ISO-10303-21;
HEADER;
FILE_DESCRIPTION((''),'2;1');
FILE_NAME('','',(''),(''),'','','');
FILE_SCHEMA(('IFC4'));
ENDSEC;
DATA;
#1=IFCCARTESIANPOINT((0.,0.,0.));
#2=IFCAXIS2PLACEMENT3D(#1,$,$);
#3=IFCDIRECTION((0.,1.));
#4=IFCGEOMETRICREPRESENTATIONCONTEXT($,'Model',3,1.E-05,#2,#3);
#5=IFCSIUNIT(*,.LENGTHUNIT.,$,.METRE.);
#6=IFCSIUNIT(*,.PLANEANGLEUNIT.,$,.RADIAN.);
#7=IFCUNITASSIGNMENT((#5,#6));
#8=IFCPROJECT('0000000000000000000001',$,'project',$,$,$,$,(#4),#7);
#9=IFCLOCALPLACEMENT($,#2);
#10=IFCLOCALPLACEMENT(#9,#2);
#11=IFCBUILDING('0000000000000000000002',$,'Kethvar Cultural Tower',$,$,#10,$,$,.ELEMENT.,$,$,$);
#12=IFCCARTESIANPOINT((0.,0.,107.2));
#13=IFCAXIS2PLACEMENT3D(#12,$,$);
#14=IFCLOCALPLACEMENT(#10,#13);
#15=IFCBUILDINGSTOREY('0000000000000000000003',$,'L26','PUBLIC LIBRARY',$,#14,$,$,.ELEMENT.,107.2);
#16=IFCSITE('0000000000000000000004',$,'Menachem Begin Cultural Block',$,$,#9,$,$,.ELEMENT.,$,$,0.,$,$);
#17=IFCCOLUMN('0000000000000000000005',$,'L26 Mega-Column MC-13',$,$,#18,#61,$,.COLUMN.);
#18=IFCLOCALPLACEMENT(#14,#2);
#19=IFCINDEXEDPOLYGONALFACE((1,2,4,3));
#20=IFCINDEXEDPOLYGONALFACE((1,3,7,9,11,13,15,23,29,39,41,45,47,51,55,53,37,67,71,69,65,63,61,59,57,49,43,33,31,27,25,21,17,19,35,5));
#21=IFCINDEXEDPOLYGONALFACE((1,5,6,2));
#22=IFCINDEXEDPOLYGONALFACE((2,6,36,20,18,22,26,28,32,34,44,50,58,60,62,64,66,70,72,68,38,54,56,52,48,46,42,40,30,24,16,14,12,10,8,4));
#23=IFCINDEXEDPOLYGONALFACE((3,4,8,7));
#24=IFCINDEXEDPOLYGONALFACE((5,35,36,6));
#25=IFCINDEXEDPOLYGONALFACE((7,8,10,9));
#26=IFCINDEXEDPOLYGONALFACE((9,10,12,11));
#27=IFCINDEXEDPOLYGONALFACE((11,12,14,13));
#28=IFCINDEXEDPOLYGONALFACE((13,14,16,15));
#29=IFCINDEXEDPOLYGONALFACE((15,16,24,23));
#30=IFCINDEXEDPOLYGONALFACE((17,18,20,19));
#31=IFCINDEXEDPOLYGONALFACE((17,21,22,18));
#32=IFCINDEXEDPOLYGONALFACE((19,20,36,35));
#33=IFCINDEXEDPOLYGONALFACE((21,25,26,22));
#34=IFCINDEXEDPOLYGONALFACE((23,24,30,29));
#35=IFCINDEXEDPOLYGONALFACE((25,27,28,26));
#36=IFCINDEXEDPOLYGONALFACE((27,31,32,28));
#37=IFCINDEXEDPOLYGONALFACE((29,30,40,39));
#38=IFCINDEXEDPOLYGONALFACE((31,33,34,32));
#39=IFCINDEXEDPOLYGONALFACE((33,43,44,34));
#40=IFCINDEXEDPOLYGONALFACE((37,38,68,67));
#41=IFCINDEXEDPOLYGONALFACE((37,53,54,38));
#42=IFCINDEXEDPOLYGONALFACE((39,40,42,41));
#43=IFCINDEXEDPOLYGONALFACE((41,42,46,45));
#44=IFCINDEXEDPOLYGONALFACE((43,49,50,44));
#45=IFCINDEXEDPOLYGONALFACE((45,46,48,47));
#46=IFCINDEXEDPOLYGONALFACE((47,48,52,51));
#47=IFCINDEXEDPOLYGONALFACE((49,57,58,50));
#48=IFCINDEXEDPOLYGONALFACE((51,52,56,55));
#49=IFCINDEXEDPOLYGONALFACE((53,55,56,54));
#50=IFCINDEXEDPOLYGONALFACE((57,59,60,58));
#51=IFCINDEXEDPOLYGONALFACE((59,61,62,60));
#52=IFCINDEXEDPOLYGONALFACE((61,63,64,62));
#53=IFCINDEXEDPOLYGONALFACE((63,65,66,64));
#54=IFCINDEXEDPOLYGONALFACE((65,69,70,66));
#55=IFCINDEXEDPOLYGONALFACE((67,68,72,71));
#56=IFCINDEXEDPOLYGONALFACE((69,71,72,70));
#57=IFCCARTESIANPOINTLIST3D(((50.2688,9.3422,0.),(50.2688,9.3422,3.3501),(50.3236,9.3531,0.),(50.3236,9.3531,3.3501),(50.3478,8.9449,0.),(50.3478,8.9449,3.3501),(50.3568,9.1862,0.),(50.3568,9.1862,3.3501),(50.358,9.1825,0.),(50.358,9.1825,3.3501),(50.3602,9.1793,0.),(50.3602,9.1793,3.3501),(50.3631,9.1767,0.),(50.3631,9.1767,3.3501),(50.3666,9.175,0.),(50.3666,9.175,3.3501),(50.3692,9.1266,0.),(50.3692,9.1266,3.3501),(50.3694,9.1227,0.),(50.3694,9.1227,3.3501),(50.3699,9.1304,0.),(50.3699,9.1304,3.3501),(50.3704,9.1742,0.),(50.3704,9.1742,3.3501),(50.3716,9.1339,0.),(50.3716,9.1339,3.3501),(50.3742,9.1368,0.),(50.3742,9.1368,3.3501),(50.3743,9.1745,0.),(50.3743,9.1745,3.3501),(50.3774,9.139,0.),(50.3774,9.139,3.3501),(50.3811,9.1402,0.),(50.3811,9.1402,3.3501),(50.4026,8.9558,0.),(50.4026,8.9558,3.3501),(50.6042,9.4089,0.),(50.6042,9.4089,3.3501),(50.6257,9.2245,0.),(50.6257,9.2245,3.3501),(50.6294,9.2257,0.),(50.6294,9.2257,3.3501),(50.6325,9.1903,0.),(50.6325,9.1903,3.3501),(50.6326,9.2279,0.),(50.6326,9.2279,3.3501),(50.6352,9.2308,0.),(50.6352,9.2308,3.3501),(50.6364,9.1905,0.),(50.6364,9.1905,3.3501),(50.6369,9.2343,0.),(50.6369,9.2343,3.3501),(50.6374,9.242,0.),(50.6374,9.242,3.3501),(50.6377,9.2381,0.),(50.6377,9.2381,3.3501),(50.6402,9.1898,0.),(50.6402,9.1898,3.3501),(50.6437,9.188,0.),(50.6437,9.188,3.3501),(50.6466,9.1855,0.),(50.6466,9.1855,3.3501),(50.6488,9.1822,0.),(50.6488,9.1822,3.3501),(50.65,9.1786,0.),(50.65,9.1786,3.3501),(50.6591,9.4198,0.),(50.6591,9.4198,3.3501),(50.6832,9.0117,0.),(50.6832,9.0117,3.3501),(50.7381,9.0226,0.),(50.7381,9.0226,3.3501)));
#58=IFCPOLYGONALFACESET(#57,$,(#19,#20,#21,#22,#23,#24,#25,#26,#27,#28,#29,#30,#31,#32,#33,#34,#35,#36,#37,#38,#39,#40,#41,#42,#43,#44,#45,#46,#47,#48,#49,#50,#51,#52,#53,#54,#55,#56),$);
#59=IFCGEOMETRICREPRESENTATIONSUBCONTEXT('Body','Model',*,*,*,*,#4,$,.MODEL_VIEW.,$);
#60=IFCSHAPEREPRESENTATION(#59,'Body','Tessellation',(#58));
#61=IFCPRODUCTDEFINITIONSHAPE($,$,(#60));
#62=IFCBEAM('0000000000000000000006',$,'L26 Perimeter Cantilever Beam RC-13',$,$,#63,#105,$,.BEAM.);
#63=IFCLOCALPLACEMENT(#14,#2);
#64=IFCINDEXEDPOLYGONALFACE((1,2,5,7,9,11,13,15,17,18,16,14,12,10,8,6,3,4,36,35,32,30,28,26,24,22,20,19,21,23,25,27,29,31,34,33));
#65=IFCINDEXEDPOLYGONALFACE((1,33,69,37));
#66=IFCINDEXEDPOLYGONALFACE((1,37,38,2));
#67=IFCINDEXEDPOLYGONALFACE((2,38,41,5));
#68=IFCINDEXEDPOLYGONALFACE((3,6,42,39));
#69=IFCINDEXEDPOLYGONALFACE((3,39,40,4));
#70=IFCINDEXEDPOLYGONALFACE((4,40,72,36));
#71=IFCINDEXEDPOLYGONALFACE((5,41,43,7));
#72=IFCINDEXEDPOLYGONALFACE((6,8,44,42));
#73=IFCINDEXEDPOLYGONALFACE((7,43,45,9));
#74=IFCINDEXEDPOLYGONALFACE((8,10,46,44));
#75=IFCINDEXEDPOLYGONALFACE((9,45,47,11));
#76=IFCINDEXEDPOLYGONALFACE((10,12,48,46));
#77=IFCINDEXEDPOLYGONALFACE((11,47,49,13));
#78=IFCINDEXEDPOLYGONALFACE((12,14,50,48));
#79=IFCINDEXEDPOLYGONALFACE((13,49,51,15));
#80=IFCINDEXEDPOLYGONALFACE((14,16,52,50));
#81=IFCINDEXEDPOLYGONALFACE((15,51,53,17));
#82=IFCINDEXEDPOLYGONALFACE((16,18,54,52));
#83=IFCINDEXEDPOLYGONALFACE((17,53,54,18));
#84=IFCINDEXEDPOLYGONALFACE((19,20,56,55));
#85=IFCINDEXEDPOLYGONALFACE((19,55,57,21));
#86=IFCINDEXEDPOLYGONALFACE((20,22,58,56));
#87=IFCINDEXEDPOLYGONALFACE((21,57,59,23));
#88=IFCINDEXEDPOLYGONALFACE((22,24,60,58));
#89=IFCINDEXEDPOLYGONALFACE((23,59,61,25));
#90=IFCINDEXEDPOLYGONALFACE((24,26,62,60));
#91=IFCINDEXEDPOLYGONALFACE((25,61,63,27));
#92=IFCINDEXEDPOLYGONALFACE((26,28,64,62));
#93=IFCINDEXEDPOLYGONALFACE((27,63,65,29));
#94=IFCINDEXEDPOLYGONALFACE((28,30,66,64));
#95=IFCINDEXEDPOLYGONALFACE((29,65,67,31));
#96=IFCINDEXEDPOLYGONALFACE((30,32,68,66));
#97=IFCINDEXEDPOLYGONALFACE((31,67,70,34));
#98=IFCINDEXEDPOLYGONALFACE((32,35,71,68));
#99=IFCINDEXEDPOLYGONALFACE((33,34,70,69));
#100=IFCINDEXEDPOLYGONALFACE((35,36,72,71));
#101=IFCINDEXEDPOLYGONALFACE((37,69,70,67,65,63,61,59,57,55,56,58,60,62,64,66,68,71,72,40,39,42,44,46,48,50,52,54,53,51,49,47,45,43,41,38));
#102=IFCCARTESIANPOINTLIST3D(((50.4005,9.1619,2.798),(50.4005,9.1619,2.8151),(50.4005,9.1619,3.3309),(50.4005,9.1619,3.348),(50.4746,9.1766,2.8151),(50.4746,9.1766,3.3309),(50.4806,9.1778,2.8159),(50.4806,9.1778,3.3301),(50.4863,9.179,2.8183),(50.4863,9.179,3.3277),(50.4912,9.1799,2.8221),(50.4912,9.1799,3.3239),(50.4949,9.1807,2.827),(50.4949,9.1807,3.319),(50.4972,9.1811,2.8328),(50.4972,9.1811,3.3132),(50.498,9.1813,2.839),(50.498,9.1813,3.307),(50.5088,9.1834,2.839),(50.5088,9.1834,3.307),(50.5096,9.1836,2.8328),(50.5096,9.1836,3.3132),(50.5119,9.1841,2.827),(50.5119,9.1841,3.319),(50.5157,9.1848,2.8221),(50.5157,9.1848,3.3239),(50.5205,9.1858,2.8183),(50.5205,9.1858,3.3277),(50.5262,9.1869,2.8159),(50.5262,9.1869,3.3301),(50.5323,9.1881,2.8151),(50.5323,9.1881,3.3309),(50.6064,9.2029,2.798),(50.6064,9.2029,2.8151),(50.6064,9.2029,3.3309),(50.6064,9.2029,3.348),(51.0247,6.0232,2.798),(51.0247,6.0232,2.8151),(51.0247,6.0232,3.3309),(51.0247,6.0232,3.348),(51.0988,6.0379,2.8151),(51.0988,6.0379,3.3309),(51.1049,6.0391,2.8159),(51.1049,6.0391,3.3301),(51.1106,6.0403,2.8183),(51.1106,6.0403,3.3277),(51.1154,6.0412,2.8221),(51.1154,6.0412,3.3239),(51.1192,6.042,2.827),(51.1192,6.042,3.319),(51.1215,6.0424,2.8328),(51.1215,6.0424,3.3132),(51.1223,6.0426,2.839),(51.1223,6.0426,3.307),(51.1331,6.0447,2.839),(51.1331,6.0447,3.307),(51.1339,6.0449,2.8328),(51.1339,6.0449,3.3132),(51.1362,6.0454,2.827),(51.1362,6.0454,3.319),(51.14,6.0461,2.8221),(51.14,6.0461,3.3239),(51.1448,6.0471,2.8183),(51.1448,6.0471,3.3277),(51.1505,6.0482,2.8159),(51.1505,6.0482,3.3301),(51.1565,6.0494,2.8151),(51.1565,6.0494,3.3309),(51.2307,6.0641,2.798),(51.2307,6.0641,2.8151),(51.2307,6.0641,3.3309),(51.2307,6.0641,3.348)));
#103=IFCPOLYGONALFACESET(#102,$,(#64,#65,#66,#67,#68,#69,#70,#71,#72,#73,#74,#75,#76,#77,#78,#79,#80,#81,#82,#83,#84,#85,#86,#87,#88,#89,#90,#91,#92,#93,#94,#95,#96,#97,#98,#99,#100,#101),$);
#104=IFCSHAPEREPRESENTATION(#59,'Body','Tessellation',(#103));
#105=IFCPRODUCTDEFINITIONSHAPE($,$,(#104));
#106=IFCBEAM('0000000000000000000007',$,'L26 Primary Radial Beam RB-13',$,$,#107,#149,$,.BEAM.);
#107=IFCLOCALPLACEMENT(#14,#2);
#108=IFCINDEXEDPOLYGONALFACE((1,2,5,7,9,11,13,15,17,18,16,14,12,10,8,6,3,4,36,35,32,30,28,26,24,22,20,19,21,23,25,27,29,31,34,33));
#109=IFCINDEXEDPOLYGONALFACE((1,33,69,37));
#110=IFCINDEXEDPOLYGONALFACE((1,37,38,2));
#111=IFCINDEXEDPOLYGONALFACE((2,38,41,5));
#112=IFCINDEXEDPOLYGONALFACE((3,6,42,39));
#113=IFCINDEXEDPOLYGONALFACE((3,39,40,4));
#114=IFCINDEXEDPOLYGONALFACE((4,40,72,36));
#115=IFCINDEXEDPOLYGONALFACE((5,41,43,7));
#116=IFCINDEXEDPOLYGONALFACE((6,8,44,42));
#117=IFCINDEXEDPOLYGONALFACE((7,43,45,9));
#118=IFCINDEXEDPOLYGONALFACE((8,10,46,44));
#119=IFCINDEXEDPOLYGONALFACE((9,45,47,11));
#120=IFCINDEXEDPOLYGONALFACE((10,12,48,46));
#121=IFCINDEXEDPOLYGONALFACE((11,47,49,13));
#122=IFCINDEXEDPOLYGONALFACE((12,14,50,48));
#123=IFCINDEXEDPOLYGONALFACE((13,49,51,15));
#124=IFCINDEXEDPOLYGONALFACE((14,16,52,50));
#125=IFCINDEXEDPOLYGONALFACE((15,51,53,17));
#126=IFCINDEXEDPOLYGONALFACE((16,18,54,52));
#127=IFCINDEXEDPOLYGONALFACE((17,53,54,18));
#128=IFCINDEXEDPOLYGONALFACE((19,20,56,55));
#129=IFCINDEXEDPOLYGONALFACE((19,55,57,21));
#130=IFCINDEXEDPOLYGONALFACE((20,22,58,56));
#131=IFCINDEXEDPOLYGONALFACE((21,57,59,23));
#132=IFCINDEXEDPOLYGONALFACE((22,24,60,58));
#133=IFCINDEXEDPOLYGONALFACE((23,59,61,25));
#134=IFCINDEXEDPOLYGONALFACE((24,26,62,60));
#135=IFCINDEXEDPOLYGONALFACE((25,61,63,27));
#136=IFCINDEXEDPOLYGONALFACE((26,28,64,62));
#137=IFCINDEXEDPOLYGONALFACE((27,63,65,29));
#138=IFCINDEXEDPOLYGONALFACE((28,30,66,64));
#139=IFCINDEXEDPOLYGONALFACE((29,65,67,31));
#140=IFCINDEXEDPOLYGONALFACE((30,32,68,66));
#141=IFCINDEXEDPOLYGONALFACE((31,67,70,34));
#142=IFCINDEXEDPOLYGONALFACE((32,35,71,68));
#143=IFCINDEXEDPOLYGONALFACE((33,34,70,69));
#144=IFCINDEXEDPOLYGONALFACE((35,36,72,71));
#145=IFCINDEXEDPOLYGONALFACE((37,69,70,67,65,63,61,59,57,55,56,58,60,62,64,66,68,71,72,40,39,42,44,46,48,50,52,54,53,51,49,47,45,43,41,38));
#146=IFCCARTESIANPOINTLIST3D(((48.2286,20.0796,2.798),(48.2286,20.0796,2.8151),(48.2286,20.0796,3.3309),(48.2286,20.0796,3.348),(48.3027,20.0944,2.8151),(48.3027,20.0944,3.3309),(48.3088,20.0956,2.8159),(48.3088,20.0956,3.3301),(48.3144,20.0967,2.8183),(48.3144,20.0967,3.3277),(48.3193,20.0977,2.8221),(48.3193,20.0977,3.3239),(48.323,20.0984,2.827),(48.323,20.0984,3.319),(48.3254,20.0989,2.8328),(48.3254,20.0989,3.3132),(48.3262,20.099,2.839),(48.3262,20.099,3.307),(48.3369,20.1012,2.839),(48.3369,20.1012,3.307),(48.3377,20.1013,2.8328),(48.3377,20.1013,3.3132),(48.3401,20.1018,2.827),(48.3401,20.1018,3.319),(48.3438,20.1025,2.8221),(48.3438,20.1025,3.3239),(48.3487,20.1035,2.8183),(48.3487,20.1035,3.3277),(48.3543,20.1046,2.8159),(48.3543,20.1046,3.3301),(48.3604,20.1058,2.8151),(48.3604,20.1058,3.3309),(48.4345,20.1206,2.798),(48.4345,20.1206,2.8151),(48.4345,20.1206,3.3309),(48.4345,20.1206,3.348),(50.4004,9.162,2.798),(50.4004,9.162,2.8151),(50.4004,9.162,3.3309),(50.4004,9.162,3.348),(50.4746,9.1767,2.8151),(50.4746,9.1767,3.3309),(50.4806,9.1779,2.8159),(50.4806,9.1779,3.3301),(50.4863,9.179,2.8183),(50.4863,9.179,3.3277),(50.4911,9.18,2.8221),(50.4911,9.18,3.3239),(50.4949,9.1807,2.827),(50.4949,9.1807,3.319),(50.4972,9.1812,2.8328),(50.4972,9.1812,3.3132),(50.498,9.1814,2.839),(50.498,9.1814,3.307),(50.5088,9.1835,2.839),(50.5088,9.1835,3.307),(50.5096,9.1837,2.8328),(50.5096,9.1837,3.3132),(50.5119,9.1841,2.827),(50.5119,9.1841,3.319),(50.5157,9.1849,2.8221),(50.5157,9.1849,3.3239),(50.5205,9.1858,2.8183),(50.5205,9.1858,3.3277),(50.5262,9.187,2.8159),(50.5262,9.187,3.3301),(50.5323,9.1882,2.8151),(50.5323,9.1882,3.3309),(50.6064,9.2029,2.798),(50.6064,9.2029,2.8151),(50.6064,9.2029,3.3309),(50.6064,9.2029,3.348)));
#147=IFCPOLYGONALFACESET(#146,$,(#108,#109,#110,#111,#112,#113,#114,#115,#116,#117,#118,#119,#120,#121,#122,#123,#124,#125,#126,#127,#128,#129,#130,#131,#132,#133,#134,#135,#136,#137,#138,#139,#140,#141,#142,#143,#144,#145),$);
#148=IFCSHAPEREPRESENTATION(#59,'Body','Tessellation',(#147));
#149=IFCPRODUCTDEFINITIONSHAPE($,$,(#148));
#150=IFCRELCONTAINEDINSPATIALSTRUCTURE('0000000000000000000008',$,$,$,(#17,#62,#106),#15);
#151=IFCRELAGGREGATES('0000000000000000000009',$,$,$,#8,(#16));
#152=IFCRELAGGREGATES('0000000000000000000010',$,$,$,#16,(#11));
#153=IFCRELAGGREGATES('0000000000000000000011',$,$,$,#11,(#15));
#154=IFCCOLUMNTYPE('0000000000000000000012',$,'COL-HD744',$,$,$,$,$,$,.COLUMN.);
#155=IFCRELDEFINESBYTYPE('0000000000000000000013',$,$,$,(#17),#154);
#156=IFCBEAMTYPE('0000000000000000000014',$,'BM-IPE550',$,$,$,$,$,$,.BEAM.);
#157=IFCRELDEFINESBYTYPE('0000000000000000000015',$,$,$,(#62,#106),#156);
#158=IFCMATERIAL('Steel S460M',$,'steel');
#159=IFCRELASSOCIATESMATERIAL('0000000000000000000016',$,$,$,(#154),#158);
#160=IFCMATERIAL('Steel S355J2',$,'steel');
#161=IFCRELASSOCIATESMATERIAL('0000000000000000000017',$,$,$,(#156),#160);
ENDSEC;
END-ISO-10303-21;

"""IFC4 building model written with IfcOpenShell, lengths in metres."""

from ifc_helpers import new_model, si_unit, direction, frame, origin, origin_2d, place, context, subcontext, project, spatial, i_section, extrude, source, transform, mapped, material, material_profile, profile_set, type_object, element, save


model = new_model("IFC4")

# Units and contexts
model_context = context("Model", 3, precision=1e-05, world=origin(), true_north=direction((0.0, 1.0)))
body_context = subcontext(model_context, "Body", "Model", "MODEL_VIEW")
ifc_project = project(units=[si_unit("LENGTHUNIT", "METRE"), si_unit("PLANEANGLEUNIT", "RADIAN")], contexts=[model_context])

# Site, building, storey
site_placement = place(None, origin())
site = spatial("IfcSite", under=ifc_project, at=site_placement, Name="Menachem Begin Cultural Block", CompositionType="ELEMENT", RefElevation=0.0)
building_placement = place(site_placement, origin())
building = spatial("IfcBuilding", under=site, at=building_placement, Name="Kethvar Cultural Tower", CompositionType="ELEMENT")
storey_placement = place(building_placement, frame((0.0, 0.0, 107.2)))
storey = spatial("IfcBuildingStorey", under=building, at=storey_placement, Name="L26", Description="PUBLIC LIBRARY", CompositionType="ELEMENT", Elevation=107.2)

# Column
ifc_material_1 = material(Name="Steel S460M", Category="steel")
ifc_material_profile_1 = material_profile(ifc_material_1, i_section(OverallWidth=0.405, OverallDepth=0.3979, WebThickness=0.0349, FlangeThickness=0.0559, FilletRadius=0.0149, at=origin_2d()), Name="Steel S460M — HD400x744")
ifc_profile_set_1 = profile_set([ifc_material_profile_1], Name="Steel S460M — HD400x744")
column_type = type_object("IfcColumnType", Name="COL-HD744", PredefinedType="COLUMN", material=ifc_profile_set_1)
shared_shape_1 = source(origin(), body_context, "Body", "SweptSolid", [
    extrude(i_section(OverallWidth=0.405, OverallDepth=0.3979, WebThickness=0.0349, FlangeThickness=0.0559, FilletRadius=0.0149, at=origin_2d()), origin(), (0.0, 0.0, 1.0), 3.3501),
])
column_placement = place(storey_placement, frame((50.5034, 9.1824, 0.0), z_axis=(0.0, 0.0, 1.0), x_axis=(0.19509, -0.980785, 0.0)))
element("IfcColumn", 1, at=column_placement, inside=storey, type_object=column_type, Name="L26 Mega-Column MC-13", PredefinedType="COLUMN", context=body_context, shape_type="MappedRepresentation", body=[
    mapped(shared_shape_1, transform((0.0, 0.0, 0.0), scale=1.0)),
])

# Beams
ifc_material_2 = material(Name="Steel S355J2", Category="steel")
ifc_material_profile_2 = material_profile(ifc_material_2, i_section(OverallWidth=0.21, OverallDepth=0.55, WebThickness=0.011, FlangeThickness=0.0171, FilletRadius=0.0239, at=origin_2d()), Name="Steel S355J2 — IPE550")
ifc_profile_set_2 = profile_set([ifc_material_profile_2], Name="Steel S355J2 — IPE550")
beam_type_1 = type_object("IfcBeamType", Name="BM-IPE550", PredefinedType="BEAM", material=ifc_profile_set_2)
shared_shape_2 = source(origin(), body_context, "Body", "SweptSolid", [
    extrude(i_section(OverallWidth=0.21, OverallDepth=0.55, WebThickness=0.011, FlangeThickness=0.0171, FilletRadius=0.0239, at=origin_2d()), origin(), (0.0, 0.0, 1.0), 3.2002),
])
beam_1_placement = place(storey_placement, frame((50.5034, 9.1824, 3.073), z_axis=(0.195074, -0.980788, 0.0), x_axis=(0.980788, 0.195074, 0.0)))
element("IfcBeam", 2, at=beam_1_placement, inside=storey, type_object=beam_type_1, Name="L26 Perimeter Cantilever Beam RC-13", PredefinedType="BEAM", context=body_context, shape_type="MappedRepresentation", body=[
    mapped(shared_shape_2, transform((0.0, 0.0, 0.0), scale=1.0)),
])
shared_shape_3 = source(origin(), body_context, "Body", "SweptSolid", [
    extrude(i_section(OverallWidth=0.21, OverallDepth=0.55, WebThickness=0.011, FlangeThickness=0.0171, FilletRadius=0.0239, at=origin_2d()), origin(), (0.0, 0.0, 1.0), 11.1316),
])
beam_2_placement = place(storey_placement, frame((48.3315, 20.1001, 3.073), z_axis=(0.195108, -0.980782, 0.0), x_axis=(0.980782, 0.195108, 0.0)))
element("IfcBeam", 3, at=beam_2_placement, inside=storey, type_object=beam_type_1, Name="L26 Primary Radial Beam RB-13", PredefinedType="BEAM", context=body_context, shape_type="MappedRepresentation", body=[
    mapped(shared_shape_3, transform((0.0, 0.0, 0.0), scale=1.0)),
])

save(model, "model.ifc")
